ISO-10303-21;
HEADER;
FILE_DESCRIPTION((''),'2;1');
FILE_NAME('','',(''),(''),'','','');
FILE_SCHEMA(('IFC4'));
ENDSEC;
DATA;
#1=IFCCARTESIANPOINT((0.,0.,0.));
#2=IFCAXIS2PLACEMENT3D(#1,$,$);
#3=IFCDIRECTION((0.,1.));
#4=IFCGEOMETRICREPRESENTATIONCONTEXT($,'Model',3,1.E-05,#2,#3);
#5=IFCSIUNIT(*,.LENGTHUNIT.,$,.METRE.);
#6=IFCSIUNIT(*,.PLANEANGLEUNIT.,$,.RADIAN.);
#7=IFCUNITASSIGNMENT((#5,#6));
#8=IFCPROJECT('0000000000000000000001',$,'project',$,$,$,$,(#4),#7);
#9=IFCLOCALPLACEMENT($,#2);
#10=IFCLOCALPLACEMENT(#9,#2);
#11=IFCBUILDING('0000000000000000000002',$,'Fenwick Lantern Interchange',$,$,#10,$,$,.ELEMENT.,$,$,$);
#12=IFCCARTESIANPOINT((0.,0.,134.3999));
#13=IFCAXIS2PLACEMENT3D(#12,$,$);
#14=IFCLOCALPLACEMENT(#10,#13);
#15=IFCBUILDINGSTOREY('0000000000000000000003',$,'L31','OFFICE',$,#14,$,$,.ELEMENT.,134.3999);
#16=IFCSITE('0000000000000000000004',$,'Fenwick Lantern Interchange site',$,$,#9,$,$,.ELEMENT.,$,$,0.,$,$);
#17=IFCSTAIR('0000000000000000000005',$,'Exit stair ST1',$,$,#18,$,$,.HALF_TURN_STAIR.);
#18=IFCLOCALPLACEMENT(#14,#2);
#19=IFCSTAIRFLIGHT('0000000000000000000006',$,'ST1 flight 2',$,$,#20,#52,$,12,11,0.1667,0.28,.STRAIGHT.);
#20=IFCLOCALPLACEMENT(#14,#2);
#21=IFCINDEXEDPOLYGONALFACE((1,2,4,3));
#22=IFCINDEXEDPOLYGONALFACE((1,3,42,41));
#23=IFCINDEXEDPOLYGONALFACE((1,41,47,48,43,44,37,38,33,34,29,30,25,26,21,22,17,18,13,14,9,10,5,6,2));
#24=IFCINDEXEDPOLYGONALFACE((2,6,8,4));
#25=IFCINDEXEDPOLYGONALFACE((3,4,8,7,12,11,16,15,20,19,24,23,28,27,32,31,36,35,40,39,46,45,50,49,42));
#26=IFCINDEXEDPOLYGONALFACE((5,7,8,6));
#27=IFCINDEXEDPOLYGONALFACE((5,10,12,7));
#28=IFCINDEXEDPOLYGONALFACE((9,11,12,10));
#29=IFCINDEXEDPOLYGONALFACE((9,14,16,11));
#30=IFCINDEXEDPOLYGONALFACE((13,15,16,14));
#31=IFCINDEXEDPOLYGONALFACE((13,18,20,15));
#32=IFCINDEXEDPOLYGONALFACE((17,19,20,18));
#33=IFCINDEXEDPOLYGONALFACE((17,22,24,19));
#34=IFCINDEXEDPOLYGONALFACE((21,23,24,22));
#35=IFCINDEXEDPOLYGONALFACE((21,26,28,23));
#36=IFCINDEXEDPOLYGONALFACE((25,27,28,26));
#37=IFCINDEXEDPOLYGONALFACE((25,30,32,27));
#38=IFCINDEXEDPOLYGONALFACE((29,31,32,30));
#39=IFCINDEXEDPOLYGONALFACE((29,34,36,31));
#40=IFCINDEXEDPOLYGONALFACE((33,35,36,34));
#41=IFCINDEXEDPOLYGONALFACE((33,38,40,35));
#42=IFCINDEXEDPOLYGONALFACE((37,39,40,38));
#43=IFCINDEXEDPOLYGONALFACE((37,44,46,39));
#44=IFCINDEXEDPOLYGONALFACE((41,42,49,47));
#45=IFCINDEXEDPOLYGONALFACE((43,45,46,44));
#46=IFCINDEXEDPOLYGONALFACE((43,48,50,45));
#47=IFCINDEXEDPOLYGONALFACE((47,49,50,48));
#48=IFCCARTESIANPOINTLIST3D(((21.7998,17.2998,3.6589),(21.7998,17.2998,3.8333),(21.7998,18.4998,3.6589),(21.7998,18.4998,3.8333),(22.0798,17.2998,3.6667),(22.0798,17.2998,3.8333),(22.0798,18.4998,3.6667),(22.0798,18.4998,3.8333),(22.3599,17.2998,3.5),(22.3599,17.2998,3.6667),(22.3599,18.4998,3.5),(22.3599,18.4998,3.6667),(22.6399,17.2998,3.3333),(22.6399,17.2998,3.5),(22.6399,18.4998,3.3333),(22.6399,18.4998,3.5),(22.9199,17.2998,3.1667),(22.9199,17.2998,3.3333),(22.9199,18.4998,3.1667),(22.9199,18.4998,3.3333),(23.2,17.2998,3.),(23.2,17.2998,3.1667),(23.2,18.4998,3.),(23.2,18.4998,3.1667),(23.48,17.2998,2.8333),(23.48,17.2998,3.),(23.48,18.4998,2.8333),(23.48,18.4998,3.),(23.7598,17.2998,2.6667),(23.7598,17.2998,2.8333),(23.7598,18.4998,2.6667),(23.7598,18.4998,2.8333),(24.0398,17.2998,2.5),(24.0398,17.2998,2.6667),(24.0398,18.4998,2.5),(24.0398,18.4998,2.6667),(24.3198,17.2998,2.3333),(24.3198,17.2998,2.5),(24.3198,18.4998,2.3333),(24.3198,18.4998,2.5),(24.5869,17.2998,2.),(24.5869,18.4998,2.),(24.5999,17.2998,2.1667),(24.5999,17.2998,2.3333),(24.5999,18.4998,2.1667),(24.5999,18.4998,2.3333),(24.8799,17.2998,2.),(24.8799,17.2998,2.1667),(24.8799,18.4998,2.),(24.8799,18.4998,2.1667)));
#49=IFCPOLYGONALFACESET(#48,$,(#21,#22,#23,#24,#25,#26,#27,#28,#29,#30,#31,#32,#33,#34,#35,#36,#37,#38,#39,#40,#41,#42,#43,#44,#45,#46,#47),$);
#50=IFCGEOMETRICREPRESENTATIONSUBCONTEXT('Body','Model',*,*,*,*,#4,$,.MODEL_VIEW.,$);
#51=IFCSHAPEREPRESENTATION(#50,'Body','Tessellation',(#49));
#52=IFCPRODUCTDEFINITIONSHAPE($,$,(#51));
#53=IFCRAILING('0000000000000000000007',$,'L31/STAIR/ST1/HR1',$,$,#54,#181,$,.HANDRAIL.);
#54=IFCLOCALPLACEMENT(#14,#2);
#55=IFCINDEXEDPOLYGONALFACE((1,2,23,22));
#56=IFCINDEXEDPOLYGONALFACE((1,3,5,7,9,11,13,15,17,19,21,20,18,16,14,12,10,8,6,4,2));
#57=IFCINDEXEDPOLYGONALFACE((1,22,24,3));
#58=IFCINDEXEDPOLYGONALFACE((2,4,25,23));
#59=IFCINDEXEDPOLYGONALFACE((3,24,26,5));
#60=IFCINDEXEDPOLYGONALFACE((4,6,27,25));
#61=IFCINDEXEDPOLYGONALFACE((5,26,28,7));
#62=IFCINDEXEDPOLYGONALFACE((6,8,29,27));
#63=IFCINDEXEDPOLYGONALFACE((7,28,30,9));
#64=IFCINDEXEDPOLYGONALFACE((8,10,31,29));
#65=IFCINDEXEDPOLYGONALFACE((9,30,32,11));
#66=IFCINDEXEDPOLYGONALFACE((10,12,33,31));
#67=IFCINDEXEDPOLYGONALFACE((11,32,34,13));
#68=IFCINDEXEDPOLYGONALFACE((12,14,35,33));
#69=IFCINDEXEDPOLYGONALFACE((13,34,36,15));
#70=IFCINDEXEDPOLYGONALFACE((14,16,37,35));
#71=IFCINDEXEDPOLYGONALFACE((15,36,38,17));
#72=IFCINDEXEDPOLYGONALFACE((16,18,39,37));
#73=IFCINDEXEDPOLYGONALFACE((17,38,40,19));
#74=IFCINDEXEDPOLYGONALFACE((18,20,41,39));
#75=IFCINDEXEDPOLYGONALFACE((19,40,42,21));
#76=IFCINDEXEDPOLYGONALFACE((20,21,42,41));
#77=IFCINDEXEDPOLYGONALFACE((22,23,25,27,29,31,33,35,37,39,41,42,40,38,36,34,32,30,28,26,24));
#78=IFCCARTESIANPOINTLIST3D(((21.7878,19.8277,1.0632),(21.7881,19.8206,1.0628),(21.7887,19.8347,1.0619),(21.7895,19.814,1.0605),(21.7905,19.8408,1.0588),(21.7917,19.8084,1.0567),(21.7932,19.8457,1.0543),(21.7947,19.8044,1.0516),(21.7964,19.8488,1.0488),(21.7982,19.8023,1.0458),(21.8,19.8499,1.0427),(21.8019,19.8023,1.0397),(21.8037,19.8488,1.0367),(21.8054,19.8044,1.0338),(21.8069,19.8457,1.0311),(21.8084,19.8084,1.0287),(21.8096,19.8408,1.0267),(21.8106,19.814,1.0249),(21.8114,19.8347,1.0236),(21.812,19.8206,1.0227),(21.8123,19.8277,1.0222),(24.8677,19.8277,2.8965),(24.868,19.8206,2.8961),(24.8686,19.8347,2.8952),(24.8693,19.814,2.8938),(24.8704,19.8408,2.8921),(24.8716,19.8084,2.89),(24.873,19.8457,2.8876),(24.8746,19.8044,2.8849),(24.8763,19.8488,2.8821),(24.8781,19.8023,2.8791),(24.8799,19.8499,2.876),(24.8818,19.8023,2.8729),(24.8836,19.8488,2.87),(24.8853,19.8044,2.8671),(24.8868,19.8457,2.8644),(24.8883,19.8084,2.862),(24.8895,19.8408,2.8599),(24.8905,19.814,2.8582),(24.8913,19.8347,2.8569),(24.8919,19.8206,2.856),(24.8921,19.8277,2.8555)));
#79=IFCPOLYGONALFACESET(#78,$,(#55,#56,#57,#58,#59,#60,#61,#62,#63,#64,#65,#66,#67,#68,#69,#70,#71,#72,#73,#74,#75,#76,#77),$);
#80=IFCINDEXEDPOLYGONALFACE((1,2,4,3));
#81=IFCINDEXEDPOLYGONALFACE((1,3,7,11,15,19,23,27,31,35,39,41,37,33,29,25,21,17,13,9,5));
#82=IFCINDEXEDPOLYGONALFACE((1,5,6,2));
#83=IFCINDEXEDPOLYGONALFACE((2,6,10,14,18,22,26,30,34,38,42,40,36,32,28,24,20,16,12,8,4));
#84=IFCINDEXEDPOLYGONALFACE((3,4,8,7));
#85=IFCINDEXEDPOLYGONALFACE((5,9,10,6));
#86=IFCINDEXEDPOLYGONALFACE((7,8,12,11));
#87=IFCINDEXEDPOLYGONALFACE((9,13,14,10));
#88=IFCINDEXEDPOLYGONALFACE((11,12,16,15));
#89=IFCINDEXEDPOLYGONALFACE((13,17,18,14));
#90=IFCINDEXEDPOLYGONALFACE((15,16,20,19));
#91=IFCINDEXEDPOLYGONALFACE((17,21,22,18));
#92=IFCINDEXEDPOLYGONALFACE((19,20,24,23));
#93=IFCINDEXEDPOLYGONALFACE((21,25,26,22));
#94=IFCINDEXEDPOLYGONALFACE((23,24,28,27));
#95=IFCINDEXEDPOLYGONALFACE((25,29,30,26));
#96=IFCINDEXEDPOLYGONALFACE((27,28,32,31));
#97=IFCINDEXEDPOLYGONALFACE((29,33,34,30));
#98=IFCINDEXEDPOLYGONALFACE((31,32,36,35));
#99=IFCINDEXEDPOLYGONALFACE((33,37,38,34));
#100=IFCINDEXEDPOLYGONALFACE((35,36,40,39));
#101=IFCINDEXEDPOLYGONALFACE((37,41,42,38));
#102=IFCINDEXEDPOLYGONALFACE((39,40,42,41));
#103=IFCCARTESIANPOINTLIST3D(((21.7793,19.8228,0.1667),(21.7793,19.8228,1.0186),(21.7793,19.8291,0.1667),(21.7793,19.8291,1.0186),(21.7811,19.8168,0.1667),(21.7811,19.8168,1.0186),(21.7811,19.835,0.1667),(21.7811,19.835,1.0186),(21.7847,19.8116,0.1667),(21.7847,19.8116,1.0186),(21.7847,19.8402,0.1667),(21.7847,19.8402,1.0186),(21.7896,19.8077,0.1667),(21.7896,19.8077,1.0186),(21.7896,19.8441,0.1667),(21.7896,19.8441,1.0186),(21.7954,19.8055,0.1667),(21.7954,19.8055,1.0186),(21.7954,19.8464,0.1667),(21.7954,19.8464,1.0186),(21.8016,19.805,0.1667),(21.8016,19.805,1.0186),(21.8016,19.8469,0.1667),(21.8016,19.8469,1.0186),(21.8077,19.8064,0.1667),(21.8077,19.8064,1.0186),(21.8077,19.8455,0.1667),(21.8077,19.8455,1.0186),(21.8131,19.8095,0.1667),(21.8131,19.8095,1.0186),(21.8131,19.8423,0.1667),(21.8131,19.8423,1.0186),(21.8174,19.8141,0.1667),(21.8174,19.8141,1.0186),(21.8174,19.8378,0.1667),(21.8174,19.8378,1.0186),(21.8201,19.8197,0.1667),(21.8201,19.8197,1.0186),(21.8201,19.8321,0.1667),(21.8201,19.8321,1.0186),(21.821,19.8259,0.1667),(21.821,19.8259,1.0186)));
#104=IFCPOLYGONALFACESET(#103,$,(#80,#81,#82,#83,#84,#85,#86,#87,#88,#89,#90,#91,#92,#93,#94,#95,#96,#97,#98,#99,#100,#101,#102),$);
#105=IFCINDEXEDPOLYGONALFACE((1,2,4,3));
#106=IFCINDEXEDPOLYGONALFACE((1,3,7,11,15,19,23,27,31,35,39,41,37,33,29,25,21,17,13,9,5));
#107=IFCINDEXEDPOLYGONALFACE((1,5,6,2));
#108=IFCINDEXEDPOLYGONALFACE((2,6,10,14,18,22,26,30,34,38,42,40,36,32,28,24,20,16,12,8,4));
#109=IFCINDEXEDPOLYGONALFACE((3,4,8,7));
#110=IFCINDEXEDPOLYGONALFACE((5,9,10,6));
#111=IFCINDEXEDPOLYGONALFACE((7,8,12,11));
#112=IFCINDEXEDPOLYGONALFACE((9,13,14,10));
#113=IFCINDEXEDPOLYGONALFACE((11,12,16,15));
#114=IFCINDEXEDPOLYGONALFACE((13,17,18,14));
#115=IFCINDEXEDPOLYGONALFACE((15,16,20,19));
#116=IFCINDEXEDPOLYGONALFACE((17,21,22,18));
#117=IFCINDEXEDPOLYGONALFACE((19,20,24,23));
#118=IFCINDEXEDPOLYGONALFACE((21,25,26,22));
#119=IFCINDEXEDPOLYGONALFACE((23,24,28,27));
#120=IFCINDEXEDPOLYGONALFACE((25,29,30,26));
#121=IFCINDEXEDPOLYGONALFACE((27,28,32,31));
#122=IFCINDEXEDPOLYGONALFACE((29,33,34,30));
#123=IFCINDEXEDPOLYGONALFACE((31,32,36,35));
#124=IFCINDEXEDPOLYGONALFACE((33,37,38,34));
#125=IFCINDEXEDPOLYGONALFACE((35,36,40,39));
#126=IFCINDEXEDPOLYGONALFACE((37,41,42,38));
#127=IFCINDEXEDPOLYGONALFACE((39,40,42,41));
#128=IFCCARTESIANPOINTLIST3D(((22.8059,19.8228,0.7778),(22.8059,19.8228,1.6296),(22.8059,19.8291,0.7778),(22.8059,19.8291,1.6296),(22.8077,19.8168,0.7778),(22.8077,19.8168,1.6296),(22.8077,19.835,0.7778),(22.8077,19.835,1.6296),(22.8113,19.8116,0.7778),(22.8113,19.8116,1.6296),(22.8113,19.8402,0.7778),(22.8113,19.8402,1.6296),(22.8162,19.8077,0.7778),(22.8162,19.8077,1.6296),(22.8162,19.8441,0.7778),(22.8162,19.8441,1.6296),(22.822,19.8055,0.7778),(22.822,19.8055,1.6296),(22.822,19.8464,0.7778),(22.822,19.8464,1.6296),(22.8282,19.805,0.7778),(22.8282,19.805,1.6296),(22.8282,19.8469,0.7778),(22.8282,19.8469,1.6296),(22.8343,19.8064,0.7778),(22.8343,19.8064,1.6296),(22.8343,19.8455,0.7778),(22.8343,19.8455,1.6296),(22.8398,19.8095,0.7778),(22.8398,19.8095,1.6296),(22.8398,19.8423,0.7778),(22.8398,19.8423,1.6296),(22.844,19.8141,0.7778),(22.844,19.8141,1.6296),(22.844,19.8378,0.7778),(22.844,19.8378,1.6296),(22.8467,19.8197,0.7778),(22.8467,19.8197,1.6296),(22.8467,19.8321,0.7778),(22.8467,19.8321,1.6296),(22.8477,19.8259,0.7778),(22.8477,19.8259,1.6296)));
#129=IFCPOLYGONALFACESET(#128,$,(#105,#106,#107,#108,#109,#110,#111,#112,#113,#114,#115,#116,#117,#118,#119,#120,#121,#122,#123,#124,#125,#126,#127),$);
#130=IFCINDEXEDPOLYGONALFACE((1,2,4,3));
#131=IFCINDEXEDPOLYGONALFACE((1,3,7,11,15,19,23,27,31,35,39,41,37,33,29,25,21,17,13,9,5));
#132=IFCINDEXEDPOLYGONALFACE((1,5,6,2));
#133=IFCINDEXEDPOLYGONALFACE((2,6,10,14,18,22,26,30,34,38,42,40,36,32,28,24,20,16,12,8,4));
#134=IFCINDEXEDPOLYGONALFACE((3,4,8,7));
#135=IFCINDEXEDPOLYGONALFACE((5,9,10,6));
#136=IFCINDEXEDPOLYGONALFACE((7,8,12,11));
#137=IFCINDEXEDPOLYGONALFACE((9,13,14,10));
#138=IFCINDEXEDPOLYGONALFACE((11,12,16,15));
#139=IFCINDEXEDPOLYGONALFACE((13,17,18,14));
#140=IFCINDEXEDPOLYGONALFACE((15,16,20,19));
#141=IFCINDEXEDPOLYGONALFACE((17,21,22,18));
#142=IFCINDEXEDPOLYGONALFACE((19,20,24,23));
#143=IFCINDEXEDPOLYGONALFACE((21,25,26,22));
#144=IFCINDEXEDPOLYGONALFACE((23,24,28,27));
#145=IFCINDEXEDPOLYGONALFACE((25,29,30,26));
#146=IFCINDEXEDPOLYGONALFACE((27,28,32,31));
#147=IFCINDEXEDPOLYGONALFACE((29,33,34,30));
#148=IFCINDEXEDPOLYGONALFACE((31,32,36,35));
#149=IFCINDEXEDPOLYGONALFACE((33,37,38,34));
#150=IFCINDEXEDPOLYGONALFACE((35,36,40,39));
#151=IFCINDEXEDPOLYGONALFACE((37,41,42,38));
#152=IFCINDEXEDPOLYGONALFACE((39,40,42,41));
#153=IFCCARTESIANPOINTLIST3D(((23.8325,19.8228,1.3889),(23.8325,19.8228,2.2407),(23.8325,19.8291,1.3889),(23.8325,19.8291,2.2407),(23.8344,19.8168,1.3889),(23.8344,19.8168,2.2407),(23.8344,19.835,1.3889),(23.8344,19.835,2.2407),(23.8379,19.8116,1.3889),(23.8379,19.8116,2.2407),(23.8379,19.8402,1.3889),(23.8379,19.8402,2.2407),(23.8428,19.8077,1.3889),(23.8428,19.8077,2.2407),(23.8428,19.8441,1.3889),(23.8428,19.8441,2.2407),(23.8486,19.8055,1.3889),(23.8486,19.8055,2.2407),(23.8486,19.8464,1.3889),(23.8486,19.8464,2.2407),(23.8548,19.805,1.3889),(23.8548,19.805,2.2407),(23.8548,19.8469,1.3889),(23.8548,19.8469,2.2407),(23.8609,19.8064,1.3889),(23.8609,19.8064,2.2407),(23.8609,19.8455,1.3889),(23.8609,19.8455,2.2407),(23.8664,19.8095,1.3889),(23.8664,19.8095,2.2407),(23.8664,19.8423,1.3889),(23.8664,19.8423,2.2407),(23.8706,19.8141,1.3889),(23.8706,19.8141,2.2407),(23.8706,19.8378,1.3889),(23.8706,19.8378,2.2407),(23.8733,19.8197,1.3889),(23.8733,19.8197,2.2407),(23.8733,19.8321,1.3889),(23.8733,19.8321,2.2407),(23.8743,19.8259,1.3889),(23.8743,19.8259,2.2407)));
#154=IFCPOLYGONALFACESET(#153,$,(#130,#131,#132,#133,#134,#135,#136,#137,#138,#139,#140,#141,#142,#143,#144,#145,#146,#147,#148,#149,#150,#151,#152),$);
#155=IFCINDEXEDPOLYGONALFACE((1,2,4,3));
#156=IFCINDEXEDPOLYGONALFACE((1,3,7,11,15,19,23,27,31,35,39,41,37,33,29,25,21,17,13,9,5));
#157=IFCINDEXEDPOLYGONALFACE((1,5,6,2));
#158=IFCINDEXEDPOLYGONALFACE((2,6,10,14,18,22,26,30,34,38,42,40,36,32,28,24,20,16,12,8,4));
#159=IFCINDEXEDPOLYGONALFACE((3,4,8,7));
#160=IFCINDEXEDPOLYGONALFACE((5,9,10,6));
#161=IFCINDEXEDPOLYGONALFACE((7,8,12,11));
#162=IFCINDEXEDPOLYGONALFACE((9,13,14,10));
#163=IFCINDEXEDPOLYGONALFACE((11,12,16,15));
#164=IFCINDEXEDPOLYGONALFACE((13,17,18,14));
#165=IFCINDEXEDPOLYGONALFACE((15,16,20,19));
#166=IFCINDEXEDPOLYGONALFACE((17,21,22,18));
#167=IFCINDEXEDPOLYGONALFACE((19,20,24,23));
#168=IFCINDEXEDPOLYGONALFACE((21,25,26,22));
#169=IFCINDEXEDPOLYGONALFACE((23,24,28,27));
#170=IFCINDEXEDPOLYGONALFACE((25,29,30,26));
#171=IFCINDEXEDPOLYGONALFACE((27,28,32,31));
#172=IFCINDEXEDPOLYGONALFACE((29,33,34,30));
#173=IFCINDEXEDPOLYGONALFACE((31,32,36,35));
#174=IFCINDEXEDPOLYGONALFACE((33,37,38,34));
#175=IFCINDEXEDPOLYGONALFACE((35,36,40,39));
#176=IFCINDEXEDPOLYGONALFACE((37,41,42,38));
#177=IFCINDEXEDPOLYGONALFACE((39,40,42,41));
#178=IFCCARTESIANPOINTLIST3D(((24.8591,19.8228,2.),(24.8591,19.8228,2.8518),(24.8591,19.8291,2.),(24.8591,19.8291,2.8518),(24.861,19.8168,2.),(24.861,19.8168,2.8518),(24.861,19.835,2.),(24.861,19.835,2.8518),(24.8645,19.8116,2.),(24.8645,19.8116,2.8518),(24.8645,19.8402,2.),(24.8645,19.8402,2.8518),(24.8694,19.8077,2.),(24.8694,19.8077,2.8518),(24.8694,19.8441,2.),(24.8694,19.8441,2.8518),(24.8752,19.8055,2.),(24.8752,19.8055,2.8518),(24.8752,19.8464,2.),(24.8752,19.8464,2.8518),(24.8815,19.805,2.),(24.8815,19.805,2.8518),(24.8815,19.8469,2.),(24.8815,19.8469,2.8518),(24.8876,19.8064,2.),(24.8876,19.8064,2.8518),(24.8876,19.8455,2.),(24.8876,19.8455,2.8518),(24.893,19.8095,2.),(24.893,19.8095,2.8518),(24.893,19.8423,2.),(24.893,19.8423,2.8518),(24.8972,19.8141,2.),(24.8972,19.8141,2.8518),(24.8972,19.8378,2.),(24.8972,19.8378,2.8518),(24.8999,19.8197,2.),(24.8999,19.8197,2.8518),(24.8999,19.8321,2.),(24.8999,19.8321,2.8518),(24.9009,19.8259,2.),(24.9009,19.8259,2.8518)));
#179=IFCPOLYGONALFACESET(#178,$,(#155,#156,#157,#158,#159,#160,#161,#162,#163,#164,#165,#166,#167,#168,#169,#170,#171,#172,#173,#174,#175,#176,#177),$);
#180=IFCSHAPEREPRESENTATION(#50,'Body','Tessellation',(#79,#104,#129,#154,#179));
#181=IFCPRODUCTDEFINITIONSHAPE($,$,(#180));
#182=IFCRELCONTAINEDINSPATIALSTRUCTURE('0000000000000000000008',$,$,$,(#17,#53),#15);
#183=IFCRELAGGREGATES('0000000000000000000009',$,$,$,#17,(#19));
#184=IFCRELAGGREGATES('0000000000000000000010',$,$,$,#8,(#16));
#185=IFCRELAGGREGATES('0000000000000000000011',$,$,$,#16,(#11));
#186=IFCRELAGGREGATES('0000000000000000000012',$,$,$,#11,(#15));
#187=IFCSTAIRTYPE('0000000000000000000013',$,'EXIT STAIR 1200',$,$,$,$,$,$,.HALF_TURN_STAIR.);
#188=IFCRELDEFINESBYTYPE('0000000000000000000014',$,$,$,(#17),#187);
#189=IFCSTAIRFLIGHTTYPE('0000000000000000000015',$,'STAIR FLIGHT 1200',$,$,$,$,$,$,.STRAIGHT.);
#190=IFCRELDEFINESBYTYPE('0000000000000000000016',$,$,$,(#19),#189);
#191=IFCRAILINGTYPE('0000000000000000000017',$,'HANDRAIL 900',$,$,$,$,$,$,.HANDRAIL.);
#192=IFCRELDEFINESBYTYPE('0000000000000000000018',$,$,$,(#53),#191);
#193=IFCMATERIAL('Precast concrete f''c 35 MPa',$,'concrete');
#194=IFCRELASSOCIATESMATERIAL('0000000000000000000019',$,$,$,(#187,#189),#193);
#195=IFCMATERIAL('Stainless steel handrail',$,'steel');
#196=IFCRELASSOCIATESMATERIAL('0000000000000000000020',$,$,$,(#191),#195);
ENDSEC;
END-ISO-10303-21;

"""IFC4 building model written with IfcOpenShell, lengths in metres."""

from ifc_helpers import new_model, si_unit, direction, frame, origin, origin_2d, place, context, subcontext, project, spatial, polyline, circle, outline, extrude, material, type_object, element, aggregate, save


model = new_model("IFC4")

# Units and contexts
model_context = context("Model", 3, precision=1e-05, world=origin(), true_north=direction((0.0, 1.0)))
body_context = subcontext(model_context, "Body", "Model", "MODEL_VIEW")
ifc_project = project(units=[si_unit("LENGTHUNIT", "METRE"), si_unit("PLANEANGLEUNIT", "RADIAN")], contexts=[model_context])

# Site, building, storey
site_placement = place(None, origin())
site = spatial("IfcSite", under=ifc_project, at=site_placement, Name="Fenwick Lantern Interchange site", CompositionType="ELEMENT", RefElevation=0.0)
building_placement = place(site_placement, origin())
building = spatial("IfcBuilding", under=site, at=building_placement, Name="Fenwick Lantern Interchange", CompositionType="ELEMENT")
storey_placement = place(building_placement, frame((0.0, 0.0, 134.3999)))
storey = spatial("IfcBuildingStorey", under=building, at=storey_placement, Name="L31", Description="OFFICE", CompositionType="ELEMENT", Elevation=134.3999)

# Stair, stair flight
ifc_material_1 = material(Name="Precast concrete f'c 35 MPa", Category="concrete")
stair_type = type_object("IfcStairType", Name="EXIT STAIR 1200", PredefinedType="HALF_TURN_STAIR", material=ifc_material_1)
stair_placement = place(storey_placement, origin())
stair = element("IfcStair", 1, at=stair_placement, inside=storey, type_object=stair_type, Name="Exit stair ST1", PredefinedType="HALF_TURN_STAIR")
stair_flight_type = type_object("IfcStairFlightType", Name="STAIR FLIGHT 1200", PredefinedType="STRAIGHT", material=ifc_material_1)
stair_flight_1_placement = place(storey_placement, frame((24.8799, 17.8999, 2.0), z_axis=(0.0, 0.0, 1.0), x_axis=(-1.0, 0.0, 0.0)))
stair_flight_1 = element("IfcStairFlight", 2, at=stair_flight_1_placement, type_object=stair_flight_type, Name="ST1 flight 2", NumberOfRisers=12, NumberOfTreads=11, PredefinedType="STRAIGHT", RiserHeight=0.1667, TreadLength=0.28, context=body_context, shape_type="SweptSolid", body=[
    extrude(outline(polyline([(0.0, 0.0), (0.0, 0.1667), (0.28, 0.1667), (0.28, 0.3333), (0.5601, 0.3333), (0.5601, 0.5), (0.8401, 0.5), (0.8401, 0.6667), (1.1201, 0.6667), (1.1201, 0.8333), (1.3999, 0.8333), (1.3999, 1.0), (1.6799, 1.0), (1.6799, 1.1667), (1.96, 1.1667), (1.96, 1.3333), (2.24, 1.3333), (2.24, 1.5), (2.52, 1.5), (2.52, 1.6667), (2.8, 1.6667), (2.8, 1.8333), (3.0801, 1.8333), (3.0801, 2.0), (3.0801, 1.6589), (0.293, 0.0), (0.0, 0.0)])), frame((0.0, 0.6001, 0.0), z_axis=(0.0, -1.0, 0.0), x_axis=(1.0, 0.0, 0.0)), (0.0, 0.0, 1.0), 1.2),
])
aggregate(stair, [stair_flight_1])

# Railing
ifc_material_2 = material(Name="Stainless steel handrail", Category="steel")
railing_type = type_object("IfcRailingType", Name="HANDRAIL 900", PredefinedType="HANDRAIL", material=ifc_material_2)
railing_1_placement = place(storey_placement, frame((21.8, 19.8259, 0.1667)))
element("IfcRailing", 3, at=railing_1_placement, inside=storey, type_object=railing_type, Name="L31/STAIR/ST1/HR1", PredefinedType="HANDRAIL", context=body_context, shape_type="SweptSolid", body=[
    extrude(circle(Radius=0.0239, at=origin_2d()), frame((0.0, 0.0, 0.876), z_axis=(0.859291, 0.0, 0.511487), x_axis=(0.0, 1.0, 0.0)), (0.0, 0.0, 1.0), 3.5842),
    extrude(circle(Radius=0.021, at=origin_2d()), origin(), (0.0, 0.0, 1.0), 0.8518),
    extrude(circle(Radius=0.021, at=origin_2d()), frame((1.0266, 0.0, 0.6111)), (0.0, 0.0, 1.0), 0.8518),
    extrude(circle(Radius=0.021, at=origin_2d()), frame((2.0532, 0.0, 1.2222)), (0.0, 0.0, 1.0), 0.8518),
    extrude(circle(Radius=0.021, at=origin_2d()), frame((3.0798, 0.0, 1.8333)), (0.0, 0.0, 1.0), 0.8518),
])

save(model, "model.ifc")
